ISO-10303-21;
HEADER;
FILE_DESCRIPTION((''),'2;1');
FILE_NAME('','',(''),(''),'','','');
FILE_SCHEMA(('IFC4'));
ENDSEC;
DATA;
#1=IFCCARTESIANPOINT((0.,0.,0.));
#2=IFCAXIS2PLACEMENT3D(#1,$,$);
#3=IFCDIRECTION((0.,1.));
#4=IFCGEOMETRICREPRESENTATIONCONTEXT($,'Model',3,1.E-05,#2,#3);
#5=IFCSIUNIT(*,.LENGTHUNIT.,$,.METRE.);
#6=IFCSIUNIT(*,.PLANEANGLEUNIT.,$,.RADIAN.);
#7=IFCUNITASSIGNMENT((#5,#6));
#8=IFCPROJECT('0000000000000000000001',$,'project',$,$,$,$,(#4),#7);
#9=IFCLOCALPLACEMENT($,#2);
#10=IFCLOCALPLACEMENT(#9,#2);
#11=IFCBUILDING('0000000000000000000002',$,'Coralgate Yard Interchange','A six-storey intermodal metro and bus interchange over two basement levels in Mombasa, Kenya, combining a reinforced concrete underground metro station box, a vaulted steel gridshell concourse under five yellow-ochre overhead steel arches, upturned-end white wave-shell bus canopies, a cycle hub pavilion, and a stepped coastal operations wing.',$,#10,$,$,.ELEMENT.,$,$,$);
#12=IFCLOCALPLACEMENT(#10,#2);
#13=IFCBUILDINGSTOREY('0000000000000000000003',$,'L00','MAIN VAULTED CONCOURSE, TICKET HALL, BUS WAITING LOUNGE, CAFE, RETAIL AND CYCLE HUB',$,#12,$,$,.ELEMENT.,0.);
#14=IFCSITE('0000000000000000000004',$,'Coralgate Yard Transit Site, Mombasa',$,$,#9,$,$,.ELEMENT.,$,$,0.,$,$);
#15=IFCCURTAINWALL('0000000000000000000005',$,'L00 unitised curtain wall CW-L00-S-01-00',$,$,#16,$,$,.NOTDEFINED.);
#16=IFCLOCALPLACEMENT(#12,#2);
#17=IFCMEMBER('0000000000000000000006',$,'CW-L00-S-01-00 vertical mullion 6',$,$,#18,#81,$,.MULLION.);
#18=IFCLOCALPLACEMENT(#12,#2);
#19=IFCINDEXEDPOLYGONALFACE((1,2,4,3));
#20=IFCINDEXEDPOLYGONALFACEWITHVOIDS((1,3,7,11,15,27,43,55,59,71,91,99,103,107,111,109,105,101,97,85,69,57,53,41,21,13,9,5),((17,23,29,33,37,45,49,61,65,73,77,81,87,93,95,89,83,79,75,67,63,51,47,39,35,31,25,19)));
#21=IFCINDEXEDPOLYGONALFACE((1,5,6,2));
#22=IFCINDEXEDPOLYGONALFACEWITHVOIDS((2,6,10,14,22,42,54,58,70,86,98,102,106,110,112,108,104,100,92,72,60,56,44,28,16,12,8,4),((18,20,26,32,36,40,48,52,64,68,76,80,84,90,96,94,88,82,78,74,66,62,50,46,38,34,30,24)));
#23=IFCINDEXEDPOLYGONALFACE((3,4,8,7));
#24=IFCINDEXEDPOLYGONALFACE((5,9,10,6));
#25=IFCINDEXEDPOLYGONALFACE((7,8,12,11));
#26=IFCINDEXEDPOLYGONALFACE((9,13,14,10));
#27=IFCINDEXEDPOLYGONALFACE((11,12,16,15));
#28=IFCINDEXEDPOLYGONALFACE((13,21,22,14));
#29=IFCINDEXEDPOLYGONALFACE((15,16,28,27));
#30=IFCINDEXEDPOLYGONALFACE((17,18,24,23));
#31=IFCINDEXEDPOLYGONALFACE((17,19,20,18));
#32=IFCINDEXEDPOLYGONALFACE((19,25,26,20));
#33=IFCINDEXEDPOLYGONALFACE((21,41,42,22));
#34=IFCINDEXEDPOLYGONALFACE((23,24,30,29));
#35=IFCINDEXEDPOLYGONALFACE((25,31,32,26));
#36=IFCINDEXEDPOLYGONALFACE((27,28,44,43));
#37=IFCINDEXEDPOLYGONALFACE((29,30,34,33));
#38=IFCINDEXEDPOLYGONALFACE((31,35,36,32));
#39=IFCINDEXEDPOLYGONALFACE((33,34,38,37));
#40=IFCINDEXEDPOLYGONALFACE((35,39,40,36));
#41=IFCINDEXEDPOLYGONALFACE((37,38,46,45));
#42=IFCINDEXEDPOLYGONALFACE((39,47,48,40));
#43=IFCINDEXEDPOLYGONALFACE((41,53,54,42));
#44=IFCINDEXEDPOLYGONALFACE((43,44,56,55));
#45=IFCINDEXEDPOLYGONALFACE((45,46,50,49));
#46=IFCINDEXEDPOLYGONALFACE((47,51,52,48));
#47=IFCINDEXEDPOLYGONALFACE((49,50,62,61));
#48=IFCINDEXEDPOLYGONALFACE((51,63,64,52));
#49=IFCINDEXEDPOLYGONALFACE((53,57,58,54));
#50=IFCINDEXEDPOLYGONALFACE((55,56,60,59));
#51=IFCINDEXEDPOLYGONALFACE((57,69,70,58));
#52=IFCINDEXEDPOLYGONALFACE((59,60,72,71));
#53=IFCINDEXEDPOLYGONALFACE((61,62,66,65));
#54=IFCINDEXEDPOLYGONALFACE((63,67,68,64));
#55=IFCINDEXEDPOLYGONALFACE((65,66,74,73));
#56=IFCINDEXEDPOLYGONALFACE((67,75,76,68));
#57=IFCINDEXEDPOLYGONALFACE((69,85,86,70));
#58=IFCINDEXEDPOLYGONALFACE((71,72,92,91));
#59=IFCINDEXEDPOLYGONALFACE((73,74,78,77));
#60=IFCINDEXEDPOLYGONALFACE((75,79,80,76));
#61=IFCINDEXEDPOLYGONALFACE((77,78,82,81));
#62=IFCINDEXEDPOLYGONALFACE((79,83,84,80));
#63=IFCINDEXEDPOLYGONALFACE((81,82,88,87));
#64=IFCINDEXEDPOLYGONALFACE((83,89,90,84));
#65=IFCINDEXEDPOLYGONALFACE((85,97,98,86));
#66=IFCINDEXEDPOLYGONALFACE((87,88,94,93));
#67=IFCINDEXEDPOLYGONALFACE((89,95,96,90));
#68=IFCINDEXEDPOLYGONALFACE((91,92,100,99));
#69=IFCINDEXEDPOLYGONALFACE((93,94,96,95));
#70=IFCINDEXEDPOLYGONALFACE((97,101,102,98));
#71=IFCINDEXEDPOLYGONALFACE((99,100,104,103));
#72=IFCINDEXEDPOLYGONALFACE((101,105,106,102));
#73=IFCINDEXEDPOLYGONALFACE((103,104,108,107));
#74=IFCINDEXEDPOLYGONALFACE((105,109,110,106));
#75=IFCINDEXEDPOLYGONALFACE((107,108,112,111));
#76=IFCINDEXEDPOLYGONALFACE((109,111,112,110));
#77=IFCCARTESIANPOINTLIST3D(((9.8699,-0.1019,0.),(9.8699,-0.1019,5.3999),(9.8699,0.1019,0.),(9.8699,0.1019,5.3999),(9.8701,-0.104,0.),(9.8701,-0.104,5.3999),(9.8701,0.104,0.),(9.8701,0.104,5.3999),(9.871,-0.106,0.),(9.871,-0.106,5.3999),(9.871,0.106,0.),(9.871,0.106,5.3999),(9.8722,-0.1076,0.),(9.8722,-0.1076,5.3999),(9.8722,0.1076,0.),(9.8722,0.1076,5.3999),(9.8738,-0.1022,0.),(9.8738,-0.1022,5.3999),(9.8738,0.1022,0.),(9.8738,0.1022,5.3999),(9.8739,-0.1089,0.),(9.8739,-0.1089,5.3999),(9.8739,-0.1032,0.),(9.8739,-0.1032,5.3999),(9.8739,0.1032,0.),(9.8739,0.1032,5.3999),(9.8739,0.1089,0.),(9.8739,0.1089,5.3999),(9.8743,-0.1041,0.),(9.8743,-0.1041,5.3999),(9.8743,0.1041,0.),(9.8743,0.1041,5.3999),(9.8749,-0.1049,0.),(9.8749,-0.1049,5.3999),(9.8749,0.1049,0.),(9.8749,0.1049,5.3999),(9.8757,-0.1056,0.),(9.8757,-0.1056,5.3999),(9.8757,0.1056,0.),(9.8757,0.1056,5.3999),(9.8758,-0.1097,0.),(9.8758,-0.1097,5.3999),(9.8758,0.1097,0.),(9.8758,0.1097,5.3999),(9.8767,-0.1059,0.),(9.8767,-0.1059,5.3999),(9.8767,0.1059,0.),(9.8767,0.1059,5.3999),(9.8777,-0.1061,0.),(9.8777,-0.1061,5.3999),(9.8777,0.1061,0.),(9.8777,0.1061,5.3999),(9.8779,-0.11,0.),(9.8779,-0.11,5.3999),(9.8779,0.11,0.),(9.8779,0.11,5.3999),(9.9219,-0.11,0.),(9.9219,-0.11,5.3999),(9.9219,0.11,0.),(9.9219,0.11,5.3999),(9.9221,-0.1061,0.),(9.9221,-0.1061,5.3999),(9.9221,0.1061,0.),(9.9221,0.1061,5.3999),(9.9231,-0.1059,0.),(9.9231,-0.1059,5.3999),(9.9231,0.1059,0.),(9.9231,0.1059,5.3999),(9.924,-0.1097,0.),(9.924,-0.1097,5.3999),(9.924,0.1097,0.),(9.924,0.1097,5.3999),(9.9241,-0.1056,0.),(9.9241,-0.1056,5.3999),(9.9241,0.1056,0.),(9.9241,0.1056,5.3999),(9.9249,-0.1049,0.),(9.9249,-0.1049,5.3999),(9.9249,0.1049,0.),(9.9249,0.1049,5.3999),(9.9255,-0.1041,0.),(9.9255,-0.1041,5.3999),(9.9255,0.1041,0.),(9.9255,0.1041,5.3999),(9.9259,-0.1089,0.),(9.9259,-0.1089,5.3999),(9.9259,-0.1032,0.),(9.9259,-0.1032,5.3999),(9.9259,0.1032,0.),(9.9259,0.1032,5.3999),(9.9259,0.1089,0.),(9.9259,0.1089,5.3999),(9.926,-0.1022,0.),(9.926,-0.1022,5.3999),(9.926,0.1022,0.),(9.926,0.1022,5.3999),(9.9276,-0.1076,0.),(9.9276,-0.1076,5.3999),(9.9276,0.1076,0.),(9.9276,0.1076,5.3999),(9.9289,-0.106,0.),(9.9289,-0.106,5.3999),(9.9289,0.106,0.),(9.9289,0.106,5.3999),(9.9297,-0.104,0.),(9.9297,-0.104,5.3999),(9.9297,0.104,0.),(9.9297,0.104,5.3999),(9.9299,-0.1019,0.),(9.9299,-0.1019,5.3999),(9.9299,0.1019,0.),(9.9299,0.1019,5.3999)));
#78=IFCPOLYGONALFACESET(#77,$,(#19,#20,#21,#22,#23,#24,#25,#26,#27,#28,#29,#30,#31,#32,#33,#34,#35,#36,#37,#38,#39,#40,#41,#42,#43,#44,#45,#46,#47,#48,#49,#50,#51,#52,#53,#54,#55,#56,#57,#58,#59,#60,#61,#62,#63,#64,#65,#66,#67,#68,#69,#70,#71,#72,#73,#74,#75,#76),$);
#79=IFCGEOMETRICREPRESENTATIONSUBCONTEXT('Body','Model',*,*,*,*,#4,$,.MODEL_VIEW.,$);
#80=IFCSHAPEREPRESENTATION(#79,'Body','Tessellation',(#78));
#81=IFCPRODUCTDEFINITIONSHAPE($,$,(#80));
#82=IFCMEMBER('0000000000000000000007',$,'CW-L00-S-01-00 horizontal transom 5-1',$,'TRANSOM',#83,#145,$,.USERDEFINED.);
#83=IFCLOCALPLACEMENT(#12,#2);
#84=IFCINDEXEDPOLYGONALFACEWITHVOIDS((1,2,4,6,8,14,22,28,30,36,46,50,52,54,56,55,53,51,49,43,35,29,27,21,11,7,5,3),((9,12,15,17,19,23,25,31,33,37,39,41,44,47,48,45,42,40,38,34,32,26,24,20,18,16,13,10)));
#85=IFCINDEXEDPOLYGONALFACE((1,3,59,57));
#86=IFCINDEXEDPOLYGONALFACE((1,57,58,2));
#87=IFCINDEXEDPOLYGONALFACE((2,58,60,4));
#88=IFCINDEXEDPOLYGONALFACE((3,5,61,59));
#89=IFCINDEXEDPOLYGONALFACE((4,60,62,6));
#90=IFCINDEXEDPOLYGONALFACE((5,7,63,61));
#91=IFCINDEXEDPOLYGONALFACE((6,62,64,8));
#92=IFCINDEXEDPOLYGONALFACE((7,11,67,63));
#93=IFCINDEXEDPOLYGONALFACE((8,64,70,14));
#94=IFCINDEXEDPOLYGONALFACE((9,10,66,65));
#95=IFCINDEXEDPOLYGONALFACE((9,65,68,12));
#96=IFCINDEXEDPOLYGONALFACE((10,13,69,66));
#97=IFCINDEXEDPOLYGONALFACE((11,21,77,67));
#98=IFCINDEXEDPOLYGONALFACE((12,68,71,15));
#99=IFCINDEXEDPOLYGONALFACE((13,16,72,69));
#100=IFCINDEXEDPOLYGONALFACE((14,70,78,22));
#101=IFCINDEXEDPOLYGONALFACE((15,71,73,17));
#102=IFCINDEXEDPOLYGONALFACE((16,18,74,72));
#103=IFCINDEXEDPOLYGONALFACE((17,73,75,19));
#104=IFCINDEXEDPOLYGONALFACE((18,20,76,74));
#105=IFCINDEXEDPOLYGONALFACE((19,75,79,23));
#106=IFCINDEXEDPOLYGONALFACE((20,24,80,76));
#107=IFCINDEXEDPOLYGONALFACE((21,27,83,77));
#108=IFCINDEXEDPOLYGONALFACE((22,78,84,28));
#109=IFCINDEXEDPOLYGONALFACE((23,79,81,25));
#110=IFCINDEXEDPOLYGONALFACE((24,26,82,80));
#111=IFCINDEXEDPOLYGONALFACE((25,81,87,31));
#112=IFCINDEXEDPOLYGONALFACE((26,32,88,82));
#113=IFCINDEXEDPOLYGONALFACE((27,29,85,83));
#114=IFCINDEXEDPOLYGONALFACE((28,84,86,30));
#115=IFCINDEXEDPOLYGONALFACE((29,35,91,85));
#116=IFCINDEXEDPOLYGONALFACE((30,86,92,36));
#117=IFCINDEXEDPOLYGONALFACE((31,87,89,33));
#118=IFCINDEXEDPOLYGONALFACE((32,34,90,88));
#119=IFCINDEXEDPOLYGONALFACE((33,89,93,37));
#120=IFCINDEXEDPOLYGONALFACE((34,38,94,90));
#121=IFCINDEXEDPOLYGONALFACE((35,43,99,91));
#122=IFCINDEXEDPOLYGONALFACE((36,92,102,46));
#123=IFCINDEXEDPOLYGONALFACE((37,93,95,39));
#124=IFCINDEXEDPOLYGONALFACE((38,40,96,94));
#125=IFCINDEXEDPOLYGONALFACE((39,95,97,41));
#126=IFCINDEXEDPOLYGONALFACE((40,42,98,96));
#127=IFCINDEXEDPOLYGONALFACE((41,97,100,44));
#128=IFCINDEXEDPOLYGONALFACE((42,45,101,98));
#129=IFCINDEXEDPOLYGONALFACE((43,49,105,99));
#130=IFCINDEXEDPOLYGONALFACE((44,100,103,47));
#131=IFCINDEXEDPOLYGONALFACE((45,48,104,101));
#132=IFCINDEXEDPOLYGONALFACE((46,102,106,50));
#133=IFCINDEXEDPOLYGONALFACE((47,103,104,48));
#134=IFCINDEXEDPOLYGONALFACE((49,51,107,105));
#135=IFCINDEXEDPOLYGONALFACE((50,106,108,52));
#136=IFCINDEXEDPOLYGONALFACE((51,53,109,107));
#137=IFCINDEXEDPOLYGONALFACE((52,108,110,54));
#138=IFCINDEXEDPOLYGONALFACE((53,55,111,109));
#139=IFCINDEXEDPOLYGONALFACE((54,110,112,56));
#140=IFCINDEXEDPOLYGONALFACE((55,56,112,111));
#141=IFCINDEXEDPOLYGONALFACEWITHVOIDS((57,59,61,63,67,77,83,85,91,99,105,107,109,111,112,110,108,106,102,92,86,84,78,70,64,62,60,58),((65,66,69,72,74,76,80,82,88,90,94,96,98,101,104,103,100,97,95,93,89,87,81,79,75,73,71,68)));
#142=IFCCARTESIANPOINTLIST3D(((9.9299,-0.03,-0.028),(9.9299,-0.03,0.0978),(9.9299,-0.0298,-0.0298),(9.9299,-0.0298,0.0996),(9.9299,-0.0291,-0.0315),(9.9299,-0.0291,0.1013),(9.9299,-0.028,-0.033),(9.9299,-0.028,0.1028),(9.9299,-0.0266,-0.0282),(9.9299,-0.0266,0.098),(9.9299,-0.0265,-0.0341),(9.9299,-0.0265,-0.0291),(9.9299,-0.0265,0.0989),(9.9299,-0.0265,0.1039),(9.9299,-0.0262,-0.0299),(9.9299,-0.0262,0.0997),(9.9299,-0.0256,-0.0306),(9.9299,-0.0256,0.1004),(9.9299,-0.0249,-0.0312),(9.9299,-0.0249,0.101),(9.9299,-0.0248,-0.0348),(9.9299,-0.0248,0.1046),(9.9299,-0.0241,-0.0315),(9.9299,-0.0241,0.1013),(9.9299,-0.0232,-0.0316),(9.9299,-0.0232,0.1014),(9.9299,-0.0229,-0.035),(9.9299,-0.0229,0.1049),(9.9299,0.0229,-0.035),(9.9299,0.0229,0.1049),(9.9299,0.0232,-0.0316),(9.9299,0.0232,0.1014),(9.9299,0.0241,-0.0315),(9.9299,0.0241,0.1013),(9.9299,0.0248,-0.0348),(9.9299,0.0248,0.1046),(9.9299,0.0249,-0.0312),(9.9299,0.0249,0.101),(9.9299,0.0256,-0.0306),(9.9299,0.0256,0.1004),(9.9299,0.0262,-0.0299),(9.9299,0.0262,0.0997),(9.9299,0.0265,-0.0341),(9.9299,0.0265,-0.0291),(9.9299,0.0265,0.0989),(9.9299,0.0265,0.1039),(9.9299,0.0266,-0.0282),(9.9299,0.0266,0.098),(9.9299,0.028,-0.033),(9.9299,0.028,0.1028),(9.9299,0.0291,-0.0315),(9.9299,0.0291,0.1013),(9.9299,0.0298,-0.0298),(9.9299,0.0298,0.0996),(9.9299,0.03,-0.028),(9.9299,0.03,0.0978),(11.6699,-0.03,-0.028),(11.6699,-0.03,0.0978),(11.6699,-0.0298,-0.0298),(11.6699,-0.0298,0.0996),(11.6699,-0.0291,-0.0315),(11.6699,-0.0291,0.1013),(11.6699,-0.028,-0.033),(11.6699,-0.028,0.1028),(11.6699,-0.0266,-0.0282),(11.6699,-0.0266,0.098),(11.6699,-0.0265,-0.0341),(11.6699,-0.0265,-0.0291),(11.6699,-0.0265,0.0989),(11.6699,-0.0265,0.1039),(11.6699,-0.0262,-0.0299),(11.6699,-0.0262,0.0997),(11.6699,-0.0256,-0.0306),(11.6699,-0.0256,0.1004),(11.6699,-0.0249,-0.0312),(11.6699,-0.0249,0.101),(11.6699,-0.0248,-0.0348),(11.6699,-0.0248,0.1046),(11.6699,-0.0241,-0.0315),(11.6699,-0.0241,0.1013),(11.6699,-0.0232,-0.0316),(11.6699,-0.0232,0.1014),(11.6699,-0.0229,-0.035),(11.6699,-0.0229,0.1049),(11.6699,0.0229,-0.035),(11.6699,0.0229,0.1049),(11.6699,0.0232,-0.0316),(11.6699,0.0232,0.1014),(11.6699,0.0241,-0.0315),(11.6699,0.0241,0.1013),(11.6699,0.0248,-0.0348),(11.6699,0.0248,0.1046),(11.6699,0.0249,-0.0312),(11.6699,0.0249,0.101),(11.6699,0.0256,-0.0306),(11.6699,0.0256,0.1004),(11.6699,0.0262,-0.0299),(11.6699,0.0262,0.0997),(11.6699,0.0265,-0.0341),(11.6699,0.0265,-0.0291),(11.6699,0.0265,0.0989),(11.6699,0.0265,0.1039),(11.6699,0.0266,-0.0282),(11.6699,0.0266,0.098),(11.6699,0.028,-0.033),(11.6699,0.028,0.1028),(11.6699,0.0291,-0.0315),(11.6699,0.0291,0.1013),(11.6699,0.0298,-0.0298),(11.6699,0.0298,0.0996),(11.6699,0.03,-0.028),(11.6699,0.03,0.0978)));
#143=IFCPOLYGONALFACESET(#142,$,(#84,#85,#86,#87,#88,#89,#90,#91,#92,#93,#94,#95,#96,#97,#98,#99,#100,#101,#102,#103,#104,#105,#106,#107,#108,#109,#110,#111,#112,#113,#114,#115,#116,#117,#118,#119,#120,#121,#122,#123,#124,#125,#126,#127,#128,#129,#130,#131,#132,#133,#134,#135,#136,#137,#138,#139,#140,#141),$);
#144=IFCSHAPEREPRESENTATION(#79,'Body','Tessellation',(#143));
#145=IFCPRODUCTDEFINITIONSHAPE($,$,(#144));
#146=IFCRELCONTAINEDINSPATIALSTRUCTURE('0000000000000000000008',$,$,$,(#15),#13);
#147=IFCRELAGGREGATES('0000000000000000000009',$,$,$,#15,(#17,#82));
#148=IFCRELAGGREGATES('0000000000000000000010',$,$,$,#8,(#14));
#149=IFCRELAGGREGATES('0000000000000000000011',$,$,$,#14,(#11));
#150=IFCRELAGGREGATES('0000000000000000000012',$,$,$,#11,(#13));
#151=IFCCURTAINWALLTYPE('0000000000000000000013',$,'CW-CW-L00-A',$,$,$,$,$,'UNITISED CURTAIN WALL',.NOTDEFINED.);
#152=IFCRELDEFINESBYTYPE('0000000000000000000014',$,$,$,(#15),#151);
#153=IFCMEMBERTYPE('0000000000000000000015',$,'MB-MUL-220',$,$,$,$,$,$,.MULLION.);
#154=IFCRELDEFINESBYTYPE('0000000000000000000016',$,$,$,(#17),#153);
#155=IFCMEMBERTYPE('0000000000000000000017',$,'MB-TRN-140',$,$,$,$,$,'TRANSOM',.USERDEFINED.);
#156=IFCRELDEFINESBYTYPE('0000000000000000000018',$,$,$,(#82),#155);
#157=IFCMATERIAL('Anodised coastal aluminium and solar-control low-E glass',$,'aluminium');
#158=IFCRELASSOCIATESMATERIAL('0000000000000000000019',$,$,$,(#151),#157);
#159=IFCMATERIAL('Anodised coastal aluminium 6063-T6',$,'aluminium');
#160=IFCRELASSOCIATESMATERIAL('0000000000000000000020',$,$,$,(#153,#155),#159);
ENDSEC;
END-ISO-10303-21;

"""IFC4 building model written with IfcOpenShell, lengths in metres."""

from ifc_helpers import new_model, si_unit, direction, frame, origin, origin_2d, place, context, subcontext, project, spatial, hollow_rectangle, extrude, material, material_profile, profile_set, type_object, element, aggregate, save


model = new_model("IFC4")

# Units and contexts
model_context = context("Model", 3, precision=1e-05, world=origin(), true_north=direction((0.0, 1.0)))
body_context = subcontext(model_context, "Body", "Model", "MODEL_VIEW")
ifc_project = project(units=[si_unit("LENGTHUNIT", "METRE"), si_unit("PLANEANGLEUNIT", "RADIAN")], contexts=[model_context])

# Site, building, storey
site_placement = place(None, origin())
site = spatial("IfcSite", under=ifc_project, at=site_placement, Name="Coralgate Yard Transit Site, Mombasa", CompositionType="ELEMENT", RefElevation=0.0)
building_placement = place(site_placement, origin())
building = spatial("IfcBuilding", under=site, at=building_placement, Name="Coralgate Yard Interchange", Description="A six-storey intermodal metro and bus interchange over two basement levels in Mombasa, Kenya, combining a reinforced concrete underground metro station box, a vaulted steel gridshell concourse under five yellow-ochre overhead steel arches, upturned-end white wave-shell bus canopies, a cycle hub pavilion, and a stepped coastal operations wing.", CompositionType="ELEMENT")
storey_placement = place(building_placement, origin())
storey = spatial("IfcBuildingStorey", under=building, at=storey_placement, Name="L00", Description="MAIN VAULTED CONCOURSE, TICKET HALL, BUS WAITING LOUNGE, CAFE, RETAIL AND CYCLE HUB", CompositionType="ELEMENT", Elevation=0.0)

# Curtain wall, members
ifc_material_1 = material(Name="Anodised coastal aluminium and solar-control low-E glass", Category="aluminium")
curtain_wall_type = type_object("IfcCurtainWallType", Name="CW-CW-L00-A", ElementType="UNITISED CURTAIN WALL", PredefinedType="NOTDEFINED", material=ifc_material_1)
curtain_wall_placement = place(storey_placement, origin())
curtain_wall = element("IfcCurtainWall", 1, at=curtain_wall_placement, inside=storey, type_object=curtain_wall_type, Name="L00 unitised curtain wall CW-L00-S-01-00", PredefinedType="NOTDEFINED")
ifc_material_2 = material(Name="Anodised coastal aluminium 6063-T6", Category="aluminium")
ifc_material_profile_1 = material_profile(ifc_material_2, hollow_rectangle(XDim=0.0601, YDim=0.22, WallThickness=0.0039, InnerFilletRadius=0.0039, OuterFilletRadius=0.0081, at=origin_2d()), Name="ALU 60x220x4")
ifc_profile_set_1 = profile_set([ifc_material_profile_1], Name="Anodised coastal aluminium 6063-T6")
member_type_1 = type_object("IfcMemberType", Name="MB-MUL-220", PredefinedType="MULLION", material=ifc_profile_set_1)
member_1_placement = place(storey_placement, frame((9.8999, 0.0, 0.0), z_axis=(0.0, 0.0, 1.0), x_axis=(1.0, 0.0, 0.0)))
member_1 = element("IfcMember", 2, at=member_1_placement, type_object=member_type_1, Name="CW-L00-S-01-00 vertical mullion 6", PredefinedType="MULLION", context=body_context, shape_type="SweptSolid", body=[
    extrude(hollow_rectangle(XDim=0.0601, YDim=0.22, WallThickness=0.0039, InnerFilletRadius=0.0039, OuterFilletRadius=0.0081, at=origin_2d()), origin(), (0.0, 0.0, 1.0), 5.3999),
])
ifc_material_profile_2 = material_profile(ifc_material_2, hollow_rectangle(XDim=0.0601, YDim=0.1399, WallThickness=0.0034, InnerFilletRadius=0.0034, OuterFilletRadius=0.0071, at=origin_2d()), Name="ALU 60x140x3.5")
ifc_profile_set_2 = profile_set([ifc_material_profile_2], Name="Anodised coastal aluminium 6063-T6")
member_type_2 = type_object("IfcMemberType", Name="MB-TRN-140", ElementType="TRANSOM", PredefinedType="USERDEFINED", material=ifc_profile_set_2)
member_2_placement = place(storey_placement, frame((11.6699, 0.0, 0.0349), z_axis=(-1.0, 0.0, 0.0), x_axis=(0.0, -1.0, 0.0)))
member_2 = element("IfcMember", 3, at=member_2_placement, type_object=member_type_2, Name="CW-L00-S-01-00 horizontal transom 5-1", ObjectType="TRANSOM", PredefinedType="USERDEFINED", context=body_context, shape_type="SweptSolid", body=[
    extrude(hollow_rectangle(XDim=0.0601, YDim=0.1399, WallThickness=0.0034, InnerFilletRadius=0.0034, OuterFilletRadius=0.0071, at=origin_2d()), origin(), (0.0, 0.0, 1.0), 1.74),
])
aggregate(curtain_wall, [member_1, member_2])

save(model, "model.ifc")
